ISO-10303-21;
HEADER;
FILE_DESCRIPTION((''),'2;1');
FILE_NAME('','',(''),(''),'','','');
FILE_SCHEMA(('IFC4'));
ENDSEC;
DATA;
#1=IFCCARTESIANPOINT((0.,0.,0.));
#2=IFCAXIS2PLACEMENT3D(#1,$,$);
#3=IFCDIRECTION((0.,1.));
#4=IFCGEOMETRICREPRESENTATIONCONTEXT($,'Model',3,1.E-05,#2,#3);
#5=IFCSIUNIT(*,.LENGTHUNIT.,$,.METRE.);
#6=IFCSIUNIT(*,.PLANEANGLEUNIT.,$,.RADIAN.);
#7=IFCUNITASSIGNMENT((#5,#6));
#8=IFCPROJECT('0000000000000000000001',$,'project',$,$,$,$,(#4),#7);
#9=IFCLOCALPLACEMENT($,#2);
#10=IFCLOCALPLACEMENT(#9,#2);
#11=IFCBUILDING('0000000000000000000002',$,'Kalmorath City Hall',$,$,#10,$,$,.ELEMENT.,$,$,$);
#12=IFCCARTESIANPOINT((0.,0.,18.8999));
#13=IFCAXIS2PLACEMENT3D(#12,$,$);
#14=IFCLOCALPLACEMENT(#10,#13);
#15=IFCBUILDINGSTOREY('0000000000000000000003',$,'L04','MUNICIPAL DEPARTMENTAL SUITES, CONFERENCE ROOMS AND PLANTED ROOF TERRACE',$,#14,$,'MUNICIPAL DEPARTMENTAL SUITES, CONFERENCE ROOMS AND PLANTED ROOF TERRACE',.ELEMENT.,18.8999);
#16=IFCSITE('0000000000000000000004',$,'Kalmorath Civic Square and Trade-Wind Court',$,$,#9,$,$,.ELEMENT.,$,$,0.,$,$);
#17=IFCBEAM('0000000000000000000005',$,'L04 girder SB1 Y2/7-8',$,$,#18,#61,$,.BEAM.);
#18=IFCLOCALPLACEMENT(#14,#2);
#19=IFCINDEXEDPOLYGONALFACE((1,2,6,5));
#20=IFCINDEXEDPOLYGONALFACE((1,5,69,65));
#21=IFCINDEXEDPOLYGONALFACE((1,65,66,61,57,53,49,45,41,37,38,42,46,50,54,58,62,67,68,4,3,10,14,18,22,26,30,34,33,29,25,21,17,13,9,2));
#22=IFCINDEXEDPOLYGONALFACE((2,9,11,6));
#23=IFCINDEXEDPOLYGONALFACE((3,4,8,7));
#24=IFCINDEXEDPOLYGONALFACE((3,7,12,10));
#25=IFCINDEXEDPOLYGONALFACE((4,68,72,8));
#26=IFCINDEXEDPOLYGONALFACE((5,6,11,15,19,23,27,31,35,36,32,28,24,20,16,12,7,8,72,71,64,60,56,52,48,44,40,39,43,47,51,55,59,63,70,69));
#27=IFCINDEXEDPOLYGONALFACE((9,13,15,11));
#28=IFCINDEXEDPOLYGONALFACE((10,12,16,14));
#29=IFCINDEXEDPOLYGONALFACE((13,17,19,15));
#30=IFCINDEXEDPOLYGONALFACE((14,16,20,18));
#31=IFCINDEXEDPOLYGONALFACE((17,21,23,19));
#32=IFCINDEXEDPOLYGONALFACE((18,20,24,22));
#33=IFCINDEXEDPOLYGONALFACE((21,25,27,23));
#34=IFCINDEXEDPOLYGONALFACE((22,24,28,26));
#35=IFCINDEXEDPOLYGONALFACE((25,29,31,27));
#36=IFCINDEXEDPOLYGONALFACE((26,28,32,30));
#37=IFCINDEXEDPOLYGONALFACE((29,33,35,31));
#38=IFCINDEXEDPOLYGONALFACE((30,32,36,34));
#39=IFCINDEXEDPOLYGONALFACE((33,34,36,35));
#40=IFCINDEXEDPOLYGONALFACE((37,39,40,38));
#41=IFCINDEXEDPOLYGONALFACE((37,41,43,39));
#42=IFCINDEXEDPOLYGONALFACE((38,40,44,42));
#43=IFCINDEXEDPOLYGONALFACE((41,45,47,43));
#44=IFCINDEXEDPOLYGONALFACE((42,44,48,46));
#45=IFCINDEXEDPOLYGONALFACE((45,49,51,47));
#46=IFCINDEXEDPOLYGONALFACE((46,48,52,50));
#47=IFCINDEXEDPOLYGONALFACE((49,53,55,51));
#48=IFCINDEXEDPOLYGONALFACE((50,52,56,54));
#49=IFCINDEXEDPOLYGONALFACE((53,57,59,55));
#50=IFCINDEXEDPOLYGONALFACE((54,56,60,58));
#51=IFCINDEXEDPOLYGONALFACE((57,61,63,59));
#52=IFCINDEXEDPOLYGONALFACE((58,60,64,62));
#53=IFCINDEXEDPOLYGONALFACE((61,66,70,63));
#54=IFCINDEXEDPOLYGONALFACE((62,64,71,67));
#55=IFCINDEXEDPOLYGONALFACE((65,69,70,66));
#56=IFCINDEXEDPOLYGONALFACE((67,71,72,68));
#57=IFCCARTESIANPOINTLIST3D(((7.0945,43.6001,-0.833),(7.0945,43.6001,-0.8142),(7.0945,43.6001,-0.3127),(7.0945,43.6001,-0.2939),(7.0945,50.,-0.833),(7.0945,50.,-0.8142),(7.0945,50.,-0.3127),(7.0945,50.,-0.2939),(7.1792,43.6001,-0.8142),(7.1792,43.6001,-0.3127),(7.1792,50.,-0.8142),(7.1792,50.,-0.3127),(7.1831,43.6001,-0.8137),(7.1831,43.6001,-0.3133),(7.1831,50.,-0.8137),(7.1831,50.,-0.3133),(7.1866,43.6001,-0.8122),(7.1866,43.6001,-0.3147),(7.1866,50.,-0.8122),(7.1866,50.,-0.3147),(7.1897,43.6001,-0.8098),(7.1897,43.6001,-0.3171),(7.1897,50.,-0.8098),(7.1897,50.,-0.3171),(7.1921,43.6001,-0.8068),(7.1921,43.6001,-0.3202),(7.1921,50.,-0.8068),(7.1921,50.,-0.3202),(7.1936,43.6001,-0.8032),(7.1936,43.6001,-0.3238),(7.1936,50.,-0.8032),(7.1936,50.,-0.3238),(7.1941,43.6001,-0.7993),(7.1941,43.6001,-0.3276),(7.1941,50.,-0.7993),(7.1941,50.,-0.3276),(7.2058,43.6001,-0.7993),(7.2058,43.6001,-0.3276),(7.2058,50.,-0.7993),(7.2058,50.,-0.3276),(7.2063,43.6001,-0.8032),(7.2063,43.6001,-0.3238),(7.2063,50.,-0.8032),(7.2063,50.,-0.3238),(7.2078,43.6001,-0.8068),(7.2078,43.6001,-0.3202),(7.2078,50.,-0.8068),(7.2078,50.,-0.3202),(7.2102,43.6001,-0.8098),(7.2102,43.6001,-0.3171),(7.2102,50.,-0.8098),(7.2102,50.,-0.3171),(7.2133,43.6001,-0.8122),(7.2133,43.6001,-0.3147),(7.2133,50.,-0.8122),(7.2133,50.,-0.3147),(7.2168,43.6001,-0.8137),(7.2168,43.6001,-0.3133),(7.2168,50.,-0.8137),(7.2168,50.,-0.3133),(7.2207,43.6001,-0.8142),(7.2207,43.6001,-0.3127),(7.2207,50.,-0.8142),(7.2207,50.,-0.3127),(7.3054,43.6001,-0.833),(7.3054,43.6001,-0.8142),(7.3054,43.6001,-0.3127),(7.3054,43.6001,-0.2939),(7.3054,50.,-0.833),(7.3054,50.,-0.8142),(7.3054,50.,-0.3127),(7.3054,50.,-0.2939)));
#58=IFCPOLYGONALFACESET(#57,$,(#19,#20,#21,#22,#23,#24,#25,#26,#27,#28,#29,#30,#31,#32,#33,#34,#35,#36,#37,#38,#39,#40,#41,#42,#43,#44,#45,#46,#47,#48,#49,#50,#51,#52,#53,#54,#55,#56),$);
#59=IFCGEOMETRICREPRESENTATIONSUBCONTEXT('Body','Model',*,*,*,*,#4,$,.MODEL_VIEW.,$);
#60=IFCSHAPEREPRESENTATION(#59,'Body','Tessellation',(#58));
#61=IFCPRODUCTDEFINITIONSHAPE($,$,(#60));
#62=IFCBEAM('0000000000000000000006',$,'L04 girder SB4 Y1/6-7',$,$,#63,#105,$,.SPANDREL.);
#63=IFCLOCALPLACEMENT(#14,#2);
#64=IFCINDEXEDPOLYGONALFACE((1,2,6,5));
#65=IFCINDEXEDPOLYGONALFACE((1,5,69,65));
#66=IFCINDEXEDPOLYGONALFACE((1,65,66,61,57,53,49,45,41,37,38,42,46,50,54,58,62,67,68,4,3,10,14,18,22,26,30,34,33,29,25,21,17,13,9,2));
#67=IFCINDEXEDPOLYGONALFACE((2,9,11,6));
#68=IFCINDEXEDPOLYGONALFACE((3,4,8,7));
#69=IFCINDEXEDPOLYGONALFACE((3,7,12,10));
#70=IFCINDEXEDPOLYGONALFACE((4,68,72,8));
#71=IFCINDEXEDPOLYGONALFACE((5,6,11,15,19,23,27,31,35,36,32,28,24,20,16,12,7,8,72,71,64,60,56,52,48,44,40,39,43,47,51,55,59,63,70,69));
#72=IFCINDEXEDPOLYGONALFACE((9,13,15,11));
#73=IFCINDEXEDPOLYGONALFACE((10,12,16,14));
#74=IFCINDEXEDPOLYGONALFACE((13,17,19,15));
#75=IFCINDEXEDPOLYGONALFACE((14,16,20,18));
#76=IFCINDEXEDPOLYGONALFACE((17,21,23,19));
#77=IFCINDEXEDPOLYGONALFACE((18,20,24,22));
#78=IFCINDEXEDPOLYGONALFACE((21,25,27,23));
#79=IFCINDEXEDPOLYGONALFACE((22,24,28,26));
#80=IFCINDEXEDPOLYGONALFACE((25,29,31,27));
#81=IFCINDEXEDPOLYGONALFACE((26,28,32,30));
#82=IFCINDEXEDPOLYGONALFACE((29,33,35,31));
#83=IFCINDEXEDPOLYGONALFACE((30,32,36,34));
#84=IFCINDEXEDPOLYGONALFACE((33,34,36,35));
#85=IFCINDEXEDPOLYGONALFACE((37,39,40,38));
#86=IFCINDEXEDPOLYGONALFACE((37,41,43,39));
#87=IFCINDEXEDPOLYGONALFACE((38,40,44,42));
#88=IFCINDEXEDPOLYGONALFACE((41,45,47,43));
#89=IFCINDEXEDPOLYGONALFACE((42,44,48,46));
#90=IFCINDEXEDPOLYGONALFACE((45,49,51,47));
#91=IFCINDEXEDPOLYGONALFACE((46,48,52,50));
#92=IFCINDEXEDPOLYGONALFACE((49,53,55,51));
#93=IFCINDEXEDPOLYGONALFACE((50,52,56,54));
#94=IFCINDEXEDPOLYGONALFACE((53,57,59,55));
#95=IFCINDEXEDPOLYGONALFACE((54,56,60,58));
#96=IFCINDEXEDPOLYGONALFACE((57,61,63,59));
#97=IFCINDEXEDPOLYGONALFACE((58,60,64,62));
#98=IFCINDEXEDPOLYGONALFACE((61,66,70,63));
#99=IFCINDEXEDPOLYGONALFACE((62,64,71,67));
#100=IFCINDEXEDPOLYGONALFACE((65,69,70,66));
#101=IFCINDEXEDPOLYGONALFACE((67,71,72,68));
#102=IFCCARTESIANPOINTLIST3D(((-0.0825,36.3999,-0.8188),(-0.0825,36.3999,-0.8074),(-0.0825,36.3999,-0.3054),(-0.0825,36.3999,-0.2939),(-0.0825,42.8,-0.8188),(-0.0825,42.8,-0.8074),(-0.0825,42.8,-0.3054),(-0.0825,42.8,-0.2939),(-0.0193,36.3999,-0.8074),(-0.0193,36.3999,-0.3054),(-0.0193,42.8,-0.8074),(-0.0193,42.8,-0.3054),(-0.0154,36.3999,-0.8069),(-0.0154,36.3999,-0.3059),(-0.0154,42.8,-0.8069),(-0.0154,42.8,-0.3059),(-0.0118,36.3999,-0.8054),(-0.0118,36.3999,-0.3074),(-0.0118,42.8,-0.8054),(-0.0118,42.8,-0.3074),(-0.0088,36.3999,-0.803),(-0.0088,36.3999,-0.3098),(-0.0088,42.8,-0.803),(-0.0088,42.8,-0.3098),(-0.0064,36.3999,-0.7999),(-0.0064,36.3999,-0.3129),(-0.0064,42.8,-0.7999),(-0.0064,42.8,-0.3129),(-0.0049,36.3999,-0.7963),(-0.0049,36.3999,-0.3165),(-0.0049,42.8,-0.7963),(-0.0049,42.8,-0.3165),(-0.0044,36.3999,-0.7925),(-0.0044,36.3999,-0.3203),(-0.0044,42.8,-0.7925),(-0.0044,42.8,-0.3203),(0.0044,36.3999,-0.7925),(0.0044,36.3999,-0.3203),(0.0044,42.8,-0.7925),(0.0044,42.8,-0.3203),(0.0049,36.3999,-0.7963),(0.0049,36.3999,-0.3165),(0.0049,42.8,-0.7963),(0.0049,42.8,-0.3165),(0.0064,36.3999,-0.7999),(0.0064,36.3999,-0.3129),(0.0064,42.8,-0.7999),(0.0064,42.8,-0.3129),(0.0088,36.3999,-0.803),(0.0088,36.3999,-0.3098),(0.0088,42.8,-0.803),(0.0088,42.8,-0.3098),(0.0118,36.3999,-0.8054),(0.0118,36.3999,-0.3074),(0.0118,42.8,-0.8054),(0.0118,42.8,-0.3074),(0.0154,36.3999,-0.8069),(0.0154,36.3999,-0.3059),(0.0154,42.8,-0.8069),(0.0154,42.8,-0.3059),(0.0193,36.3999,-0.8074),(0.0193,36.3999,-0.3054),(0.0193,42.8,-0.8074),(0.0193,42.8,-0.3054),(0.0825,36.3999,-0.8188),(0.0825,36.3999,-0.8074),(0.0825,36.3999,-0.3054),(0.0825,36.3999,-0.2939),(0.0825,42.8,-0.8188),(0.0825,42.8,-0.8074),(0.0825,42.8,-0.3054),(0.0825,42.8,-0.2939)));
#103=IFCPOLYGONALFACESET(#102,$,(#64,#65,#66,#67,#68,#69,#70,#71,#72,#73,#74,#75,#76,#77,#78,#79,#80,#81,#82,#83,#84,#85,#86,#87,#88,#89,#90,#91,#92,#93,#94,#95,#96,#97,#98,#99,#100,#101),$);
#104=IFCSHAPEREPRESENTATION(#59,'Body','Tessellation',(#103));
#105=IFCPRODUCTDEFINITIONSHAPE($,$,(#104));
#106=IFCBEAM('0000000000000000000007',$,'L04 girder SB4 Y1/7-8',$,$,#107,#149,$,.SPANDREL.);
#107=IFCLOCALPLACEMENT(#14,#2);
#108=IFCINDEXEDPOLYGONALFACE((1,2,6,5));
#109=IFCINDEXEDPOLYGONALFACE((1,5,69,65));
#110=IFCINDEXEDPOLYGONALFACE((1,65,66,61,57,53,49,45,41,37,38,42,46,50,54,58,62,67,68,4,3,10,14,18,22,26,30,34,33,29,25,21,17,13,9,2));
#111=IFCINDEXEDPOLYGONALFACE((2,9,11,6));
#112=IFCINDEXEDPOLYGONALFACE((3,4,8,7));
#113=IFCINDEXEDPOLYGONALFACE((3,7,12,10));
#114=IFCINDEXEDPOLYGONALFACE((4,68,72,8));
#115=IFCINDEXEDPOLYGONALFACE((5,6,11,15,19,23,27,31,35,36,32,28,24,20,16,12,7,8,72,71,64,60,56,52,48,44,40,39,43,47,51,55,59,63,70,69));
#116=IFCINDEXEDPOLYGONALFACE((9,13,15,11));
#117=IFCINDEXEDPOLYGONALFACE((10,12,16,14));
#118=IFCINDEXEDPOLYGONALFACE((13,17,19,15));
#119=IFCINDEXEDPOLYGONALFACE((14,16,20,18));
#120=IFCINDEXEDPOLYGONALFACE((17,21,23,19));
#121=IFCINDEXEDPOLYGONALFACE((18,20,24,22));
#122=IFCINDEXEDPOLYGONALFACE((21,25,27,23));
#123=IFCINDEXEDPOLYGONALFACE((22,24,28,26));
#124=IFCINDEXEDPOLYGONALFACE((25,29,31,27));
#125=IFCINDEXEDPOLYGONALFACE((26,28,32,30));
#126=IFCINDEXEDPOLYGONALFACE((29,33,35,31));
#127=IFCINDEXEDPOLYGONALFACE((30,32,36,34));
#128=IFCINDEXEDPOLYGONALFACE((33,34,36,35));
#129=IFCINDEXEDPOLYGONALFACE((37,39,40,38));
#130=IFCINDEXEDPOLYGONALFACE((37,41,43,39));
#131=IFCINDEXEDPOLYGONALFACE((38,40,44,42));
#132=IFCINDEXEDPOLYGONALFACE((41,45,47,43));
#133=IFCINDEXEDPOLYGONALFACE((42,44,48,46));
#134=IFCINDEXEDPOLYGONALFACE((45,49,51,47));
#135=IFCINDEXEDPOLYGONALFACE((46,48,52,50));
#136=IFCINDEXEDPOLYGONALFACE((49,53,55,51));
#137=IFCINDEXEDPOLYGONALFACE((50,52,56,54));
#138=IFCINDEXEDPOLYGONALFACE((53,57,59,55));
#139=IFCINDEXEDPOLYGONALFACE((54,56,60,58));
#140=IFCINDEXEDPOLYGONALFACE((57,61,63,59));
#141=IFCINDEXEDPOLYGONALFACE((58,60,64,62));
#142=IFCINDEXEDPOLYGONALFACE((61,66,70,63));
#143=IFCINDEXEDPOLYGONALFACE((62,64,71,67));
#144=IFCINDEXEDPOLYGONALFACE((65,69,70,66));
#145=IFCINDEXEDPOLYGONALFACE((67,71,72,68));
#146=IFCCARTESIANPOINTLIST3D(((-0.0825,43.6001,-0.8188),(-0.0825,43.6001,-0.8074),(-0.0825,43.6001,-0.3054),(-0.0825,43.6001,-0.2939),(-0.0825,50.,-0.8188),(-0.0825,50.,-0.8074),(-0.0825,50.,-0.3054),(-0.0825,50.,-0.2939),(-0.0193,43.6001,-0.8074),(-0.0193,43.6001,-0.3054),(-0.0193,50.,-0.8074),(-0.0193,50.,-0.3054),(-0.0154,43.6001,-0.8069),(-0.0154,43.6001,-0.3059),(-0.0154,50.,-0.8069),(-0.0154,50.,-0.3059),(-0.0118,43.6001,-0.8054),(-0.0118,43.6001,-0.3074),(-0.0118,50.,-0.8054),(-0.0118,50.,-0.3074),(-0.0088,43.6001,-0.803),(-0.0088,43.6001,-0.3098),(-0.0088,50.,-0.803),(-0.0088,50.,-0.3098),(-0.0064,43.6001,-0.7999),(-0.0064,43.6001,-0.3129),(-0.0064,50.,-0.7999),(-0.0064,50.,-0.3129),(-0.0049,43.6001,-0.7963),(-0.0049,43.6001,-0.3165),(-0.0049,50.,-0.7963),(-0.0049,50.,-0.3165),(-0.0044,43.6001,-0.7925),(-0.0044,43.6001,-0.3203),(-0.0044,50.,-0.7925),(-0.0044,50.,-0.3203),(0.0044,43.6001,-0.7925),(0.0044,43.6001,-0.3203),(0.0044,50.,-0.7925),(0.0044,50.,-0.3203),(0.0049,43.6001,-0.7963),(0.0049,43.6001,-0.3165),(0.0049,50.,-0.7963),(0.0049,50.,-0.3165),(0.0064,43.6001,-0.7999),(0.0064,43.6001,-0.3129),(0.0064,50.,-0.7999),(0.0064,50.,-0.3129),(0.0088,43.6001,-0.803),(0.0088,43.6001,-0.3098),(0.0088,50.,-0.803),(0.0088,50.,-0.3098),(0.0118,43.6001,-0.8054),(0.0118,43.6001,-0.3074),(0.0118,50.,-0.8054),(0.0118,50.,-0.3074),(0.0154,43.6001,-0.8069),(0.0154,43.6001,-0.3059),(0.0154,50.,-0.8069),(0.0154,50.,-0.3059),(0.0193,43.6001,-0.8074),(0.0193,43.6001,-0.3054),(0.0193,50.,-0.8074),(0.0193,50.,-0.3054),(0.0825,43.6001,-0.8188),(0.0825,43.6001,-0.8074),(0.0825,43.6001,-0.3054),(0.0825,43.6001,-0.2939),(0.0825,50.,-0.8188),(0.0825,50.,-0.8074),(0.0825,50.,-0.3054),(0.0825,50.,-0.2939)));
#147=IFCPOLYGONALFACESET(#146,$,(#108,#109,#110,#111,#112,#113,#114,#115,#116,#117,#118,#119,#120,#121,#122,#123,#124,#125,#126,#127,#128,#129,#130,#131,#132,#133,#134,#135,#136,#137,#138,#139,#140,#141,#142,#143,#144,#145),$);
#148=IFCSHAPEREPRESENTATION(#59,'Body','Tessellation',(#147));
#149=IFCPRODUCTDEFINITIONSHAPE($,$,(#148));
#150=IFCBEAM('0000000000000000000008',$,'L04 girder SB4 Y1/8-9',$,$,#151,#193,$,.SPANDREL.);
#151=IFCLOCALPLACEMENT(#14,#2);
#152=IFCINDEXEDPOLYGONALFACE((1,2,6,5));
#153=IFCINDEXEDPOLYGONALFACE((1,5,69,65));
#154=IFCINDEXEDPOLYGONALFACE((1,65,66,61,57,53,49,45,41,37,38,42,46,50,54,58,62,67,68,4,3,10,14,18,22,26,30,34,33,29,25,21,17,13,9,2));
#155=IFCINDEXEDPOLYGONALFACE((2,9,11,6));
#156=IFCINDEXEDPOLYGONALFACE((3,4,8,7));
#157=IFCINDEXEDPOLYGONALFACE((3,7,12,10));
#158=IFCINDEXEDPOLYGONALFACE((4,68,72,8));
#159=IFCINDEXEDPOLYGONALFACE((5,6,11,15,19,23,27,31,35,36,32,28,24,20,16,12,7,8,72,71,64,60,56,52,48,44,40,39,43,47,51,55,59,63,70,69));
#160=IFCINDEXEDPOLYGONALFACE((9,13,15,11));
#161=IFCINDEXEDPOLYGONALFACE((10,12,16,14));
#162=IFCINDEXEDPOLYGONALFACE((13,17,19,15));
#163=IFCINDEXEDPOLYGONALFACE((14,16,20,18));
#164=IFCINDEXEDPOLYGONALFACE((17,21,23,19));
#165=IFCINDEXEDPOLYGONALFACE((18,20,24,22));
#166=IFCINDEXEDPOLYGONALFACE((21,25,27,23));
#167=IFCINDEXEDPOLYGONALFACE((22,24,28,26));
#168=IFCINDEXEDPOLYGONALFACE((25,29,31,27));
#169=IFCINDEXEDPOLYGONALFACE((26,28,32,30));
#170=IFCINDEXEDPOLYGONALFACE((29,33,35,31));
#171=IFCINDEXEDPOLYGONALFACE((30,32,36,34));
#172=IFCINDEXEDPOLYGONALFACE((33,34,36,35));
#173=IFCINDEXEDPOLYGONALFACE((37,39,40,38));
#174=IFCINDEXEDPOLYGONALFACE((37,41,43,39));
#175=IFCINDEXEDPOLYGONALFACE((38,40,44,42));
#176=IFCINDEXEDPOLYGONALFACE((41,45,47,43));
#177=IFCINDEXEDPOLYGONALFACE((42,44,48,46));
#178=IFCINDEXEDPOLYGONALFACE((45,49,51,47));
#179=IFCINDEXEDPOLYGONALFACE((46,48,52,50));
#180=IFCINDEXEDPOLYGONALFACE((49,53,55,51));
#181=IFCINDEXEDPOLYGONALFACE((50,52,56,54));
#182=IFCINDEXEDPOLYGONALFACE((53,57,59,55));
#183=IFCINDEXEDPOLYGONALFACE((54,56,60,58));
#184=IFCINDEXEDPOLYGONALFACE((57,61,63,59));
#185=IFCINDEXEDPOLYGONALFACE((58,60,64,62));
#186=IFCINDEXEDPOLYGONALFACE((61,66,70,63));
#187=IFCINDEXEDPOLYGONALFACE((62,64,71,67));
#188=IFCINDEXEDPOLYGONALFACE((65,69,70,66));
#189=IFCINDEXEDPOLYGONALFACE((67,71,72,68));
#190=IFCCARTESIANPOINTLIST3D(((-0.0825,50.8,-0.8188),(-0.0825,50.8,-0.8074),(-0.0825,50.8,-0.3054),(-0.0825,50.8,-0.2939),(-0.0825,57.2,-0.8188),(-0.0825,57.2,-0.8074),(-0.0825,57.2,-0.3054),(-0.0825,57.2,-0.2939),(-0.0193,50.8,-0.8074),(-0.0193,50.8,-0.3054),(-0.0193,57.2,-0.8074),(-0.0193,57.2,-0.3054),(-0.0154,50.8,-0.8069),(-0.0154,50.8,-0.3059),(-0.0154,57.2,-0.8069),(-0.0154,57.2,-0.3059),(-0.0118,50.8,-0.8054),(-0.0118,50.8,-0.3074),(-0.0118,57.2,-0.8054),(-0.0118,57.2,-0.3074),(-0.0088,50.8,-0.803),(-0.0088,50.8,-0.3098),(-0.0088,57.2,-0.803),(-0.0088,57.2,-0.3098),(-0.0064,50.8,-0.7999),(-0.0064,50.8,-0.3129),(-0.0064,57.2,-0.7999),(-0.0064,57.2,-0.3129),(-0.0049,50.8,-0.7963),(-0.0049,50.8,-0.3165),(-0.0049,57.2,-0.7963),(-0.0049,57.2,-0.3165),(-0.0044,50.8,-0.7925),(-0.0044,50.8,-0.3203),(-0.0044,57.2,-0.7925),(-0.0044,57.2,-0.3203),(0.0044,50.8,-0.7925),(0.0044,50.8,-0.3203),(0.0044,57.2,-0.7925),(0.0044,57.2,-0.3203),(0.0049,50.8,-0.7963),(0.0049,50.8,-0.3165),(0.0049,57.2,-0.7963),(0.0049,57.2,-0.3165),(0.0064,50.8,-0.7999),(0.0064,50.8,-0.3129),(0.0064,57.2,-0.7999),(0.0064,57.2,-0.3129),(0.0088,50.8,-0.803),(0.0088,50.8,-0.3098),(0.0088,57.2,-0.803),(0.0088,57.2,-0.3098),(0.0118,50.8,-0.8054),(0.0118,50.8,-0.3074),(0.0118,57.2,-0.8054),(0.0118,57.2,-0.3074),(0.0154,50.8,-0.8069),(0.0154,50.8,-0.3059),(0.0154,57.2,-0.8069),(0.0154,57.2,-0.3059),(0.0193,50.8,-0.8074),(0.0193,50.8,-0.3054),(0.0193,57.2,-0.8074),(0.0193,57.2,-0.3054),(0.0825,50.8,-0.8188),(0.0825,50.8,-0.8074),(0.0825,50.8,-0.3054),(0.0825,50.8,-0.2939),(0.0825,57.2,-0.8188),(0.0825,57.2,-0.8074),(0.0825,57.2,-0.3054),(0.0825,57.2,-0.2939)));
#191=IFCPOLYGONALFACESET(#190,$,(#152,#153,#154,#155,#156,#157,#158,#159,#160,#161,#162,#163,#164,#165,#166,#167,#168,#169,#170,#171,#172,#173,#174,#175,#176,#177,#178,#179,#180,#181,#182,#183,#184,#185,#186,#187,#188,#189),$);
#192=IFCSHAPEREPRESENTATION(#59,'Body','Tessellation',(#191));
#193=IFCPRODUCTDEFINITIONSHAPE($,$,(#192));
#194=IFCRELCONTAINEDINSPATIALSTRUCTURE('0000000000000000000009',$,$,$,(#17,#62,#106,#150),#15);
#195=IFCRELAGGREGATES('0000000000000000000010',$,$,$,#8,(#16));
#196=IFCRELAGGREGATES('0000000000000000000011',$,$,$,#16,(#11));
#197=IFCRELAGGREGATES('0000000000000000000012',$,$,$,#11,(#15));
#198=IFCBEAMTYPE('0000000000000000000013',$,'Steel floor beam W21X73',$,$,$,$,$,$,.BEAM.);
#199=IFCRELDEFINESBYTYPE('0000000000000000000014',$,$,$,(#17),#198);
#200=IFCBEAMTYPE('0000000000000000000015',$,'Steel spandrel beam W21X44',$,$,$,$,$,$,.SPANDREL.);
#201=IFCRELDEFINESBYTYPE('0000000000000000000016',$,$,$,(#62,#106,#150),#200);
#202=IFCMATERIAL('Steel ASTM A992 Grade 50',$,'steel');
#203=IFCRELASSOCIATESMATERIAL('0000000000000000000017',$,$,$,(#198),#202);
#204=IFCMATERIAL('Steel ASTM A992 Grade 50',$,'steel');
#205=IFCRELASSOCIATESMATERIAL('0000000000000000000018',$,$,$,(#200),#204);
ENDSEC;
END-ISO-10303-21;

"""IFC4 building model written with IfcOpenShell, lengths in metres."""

from ifc_helpers import new_model, si_unit, direction, frame, origin, origin_2d, place, context, subcontext, project, spatial, i_section, extrude, material, material_profile, profile_set, type_object, element, save


model = new_model("IFC4")

# Units and contexts
model_context = context("Model", 3, precision=1e-05, world=origin(), true_north=direction((0.0, 1.0)))
body_context = subcontext(model_context, "Body", "Model", "MODEL_VIEW")
ifc_project = project(units=[si_unit("LENGTHUNIT", "METRE"), si_unit("PLANEANGLEUNIT", "RADIAN")], contexts=[model_context])

# Site, building, storey
site_placement = place(None, origin())
site = spatial("IfcSite", under=ifc_project, at=site_placement, Name="Kalmorath Civic Square and Trade-Wind Court", CompositionType="ELEMENT", RefElevation=0.0)
building_placement = place(site_placement, origin())
building = spatial("IfcBuilding", under=site, at=building_placement, Name="Kalmorath City Hall", CompositionType="ELEMENT")
storey_placement = place(building_placement, frame((0.0, 0.0, 18.8999)))
storey = spatial("IfcBuildingStorey", under=building, at=storey_placement, Name="L04", Description="MUNICIPAL DEPARTMENTAL SUITES, CONFERENCE ROOMS AND PLANTED ROOF TERRACE", LongName="MUNICIPAL DEPARTMENTAL SUITES, CONFERENCE ROOMS AND PLANTED ROOF TERRACE", CompositionType="ELEMENT", Elevation=18.8999)

# Beams
ifc_material_1 = material(Name="Steel ASTM A992 Grade 50", Category="steel")
ifc_material_profile_1 = material_profile(ifc_material_1, i_section(OverallWidth=0.2109, OverallDepth=0.5391, WebThickness=0.0117, FlangeThickness=0.0188, FilletRadius=0.0149, at=origin_2d()), Name="W21X73")
ifc_profile_set_1 = profile_set([ifc_material_profile_1], Name="Steel ASTM A992 Grade 50")
beam_type_1 = type_object("IfcBeamType", Name="Steel floor beam W21X73", PredefinedType="BEAM", material=ifc_profile_set_1)
beam_1_placement = place(storey_placement, frame((7.2, 43.6001, -0.5635), z_axis=(0.0, 1.0, 0.0), x_axis=(-1.0, 0.0, 0.0)))
element("IfcBeam", 1, at=beam_1_placement, inside=storey, type_object=beam_type_1, Name="L04 girder SB1 Y2/7-8", PredefinedType="BEAM", context=body_context, shape_type="SweptSolid", body=[
    extrude(i_section(OverallWidth=0.2109, OverallDepth=0.5391, WebThickness=0.0117, FlangeThickness=0.0188, FilletRadius=0.0149, at=origin_2d()), origin(), (0.0, 0.0, 1.0), 6.3999),
])
ifc_material_2 = material(Name="Steel ASTM A992 Grade 50", Category="steel")
ifc_material_profile_2 = material_profile(ifc_material_2, i_section(OverallWidth=0.165, OverallDepth=0.5249, WebThickness=0.0088, FlangeThickness=0.0115, FilletRadius=0.0149, at=origin_2d()), Name="W21X44")
ifc_profile_set_2 = profile_set([ifc_material_profile_2], Name="Steel ASTM A992 Grade 50")
beam_type_2 = type_object("IfcBeamType", Name="Steel spandrel beam W21X44", PredefinedType="SPANDREL", material=ifc_profile_set_2)
beam_2_placement = place(storey_placement, frame((0.0, 36.3999, -0.5564), z_axis=(0.0, 1.0, 0.0), x_axis=(-1.0, 0.0, 0.0)))
element("IfcBeam", 2, at=beam_2_placement, inside=storey, type_object=beam_type_2, Name="L04 girder SB4 Y1/6-7", PredefinedType="SPANDREL", context=body_context, shape_type="SweptSolid", body=[
    extrude(i_section(OverallWidth=0.165, OverallDepth=0.5249, WebThickness=0.0088, FlangeThickness=0.0115, FilletRadius=0.0149, at=origin_2d()), origin(), (0.0, 0.0, 1.0), 6.4001),
])
for number, where, z_axis, x_axis, name in (
    (3, (0.0, 43.6001, -0.5564), (0.0, 1.0, 0.0), (-1.0, 0.0, 0.0), "L04 girder SB4 Y1/7-8"),
    (4, (0.0, 50.8, -0.5564), (0.0, 1.0, 0.0), (-1.0, 0.0, 0.0), "L04 girder SB4 Y1/8-9"),
):
    element("IfcBeam", number, at=place(storey_placement, frame(where, z_axis=z_axis, x_axis=x_axis)), inside=storey, type_object=beam_type_2, Name=name, PredefinedType="SPANDREL", context=body_context, shape_type="SweptSolid", body=[
        extrude(i_section(OverallWidth=0.165, OverallDepth=0.5249, WebThickness=0.0088, FlangeThickness=0.0115, FilletRadius=0.0149, at=origin_2d()), origin(), (0.0, 0.0, 1.0), 6.3999),
    ])

save(model, "model.ifc")
